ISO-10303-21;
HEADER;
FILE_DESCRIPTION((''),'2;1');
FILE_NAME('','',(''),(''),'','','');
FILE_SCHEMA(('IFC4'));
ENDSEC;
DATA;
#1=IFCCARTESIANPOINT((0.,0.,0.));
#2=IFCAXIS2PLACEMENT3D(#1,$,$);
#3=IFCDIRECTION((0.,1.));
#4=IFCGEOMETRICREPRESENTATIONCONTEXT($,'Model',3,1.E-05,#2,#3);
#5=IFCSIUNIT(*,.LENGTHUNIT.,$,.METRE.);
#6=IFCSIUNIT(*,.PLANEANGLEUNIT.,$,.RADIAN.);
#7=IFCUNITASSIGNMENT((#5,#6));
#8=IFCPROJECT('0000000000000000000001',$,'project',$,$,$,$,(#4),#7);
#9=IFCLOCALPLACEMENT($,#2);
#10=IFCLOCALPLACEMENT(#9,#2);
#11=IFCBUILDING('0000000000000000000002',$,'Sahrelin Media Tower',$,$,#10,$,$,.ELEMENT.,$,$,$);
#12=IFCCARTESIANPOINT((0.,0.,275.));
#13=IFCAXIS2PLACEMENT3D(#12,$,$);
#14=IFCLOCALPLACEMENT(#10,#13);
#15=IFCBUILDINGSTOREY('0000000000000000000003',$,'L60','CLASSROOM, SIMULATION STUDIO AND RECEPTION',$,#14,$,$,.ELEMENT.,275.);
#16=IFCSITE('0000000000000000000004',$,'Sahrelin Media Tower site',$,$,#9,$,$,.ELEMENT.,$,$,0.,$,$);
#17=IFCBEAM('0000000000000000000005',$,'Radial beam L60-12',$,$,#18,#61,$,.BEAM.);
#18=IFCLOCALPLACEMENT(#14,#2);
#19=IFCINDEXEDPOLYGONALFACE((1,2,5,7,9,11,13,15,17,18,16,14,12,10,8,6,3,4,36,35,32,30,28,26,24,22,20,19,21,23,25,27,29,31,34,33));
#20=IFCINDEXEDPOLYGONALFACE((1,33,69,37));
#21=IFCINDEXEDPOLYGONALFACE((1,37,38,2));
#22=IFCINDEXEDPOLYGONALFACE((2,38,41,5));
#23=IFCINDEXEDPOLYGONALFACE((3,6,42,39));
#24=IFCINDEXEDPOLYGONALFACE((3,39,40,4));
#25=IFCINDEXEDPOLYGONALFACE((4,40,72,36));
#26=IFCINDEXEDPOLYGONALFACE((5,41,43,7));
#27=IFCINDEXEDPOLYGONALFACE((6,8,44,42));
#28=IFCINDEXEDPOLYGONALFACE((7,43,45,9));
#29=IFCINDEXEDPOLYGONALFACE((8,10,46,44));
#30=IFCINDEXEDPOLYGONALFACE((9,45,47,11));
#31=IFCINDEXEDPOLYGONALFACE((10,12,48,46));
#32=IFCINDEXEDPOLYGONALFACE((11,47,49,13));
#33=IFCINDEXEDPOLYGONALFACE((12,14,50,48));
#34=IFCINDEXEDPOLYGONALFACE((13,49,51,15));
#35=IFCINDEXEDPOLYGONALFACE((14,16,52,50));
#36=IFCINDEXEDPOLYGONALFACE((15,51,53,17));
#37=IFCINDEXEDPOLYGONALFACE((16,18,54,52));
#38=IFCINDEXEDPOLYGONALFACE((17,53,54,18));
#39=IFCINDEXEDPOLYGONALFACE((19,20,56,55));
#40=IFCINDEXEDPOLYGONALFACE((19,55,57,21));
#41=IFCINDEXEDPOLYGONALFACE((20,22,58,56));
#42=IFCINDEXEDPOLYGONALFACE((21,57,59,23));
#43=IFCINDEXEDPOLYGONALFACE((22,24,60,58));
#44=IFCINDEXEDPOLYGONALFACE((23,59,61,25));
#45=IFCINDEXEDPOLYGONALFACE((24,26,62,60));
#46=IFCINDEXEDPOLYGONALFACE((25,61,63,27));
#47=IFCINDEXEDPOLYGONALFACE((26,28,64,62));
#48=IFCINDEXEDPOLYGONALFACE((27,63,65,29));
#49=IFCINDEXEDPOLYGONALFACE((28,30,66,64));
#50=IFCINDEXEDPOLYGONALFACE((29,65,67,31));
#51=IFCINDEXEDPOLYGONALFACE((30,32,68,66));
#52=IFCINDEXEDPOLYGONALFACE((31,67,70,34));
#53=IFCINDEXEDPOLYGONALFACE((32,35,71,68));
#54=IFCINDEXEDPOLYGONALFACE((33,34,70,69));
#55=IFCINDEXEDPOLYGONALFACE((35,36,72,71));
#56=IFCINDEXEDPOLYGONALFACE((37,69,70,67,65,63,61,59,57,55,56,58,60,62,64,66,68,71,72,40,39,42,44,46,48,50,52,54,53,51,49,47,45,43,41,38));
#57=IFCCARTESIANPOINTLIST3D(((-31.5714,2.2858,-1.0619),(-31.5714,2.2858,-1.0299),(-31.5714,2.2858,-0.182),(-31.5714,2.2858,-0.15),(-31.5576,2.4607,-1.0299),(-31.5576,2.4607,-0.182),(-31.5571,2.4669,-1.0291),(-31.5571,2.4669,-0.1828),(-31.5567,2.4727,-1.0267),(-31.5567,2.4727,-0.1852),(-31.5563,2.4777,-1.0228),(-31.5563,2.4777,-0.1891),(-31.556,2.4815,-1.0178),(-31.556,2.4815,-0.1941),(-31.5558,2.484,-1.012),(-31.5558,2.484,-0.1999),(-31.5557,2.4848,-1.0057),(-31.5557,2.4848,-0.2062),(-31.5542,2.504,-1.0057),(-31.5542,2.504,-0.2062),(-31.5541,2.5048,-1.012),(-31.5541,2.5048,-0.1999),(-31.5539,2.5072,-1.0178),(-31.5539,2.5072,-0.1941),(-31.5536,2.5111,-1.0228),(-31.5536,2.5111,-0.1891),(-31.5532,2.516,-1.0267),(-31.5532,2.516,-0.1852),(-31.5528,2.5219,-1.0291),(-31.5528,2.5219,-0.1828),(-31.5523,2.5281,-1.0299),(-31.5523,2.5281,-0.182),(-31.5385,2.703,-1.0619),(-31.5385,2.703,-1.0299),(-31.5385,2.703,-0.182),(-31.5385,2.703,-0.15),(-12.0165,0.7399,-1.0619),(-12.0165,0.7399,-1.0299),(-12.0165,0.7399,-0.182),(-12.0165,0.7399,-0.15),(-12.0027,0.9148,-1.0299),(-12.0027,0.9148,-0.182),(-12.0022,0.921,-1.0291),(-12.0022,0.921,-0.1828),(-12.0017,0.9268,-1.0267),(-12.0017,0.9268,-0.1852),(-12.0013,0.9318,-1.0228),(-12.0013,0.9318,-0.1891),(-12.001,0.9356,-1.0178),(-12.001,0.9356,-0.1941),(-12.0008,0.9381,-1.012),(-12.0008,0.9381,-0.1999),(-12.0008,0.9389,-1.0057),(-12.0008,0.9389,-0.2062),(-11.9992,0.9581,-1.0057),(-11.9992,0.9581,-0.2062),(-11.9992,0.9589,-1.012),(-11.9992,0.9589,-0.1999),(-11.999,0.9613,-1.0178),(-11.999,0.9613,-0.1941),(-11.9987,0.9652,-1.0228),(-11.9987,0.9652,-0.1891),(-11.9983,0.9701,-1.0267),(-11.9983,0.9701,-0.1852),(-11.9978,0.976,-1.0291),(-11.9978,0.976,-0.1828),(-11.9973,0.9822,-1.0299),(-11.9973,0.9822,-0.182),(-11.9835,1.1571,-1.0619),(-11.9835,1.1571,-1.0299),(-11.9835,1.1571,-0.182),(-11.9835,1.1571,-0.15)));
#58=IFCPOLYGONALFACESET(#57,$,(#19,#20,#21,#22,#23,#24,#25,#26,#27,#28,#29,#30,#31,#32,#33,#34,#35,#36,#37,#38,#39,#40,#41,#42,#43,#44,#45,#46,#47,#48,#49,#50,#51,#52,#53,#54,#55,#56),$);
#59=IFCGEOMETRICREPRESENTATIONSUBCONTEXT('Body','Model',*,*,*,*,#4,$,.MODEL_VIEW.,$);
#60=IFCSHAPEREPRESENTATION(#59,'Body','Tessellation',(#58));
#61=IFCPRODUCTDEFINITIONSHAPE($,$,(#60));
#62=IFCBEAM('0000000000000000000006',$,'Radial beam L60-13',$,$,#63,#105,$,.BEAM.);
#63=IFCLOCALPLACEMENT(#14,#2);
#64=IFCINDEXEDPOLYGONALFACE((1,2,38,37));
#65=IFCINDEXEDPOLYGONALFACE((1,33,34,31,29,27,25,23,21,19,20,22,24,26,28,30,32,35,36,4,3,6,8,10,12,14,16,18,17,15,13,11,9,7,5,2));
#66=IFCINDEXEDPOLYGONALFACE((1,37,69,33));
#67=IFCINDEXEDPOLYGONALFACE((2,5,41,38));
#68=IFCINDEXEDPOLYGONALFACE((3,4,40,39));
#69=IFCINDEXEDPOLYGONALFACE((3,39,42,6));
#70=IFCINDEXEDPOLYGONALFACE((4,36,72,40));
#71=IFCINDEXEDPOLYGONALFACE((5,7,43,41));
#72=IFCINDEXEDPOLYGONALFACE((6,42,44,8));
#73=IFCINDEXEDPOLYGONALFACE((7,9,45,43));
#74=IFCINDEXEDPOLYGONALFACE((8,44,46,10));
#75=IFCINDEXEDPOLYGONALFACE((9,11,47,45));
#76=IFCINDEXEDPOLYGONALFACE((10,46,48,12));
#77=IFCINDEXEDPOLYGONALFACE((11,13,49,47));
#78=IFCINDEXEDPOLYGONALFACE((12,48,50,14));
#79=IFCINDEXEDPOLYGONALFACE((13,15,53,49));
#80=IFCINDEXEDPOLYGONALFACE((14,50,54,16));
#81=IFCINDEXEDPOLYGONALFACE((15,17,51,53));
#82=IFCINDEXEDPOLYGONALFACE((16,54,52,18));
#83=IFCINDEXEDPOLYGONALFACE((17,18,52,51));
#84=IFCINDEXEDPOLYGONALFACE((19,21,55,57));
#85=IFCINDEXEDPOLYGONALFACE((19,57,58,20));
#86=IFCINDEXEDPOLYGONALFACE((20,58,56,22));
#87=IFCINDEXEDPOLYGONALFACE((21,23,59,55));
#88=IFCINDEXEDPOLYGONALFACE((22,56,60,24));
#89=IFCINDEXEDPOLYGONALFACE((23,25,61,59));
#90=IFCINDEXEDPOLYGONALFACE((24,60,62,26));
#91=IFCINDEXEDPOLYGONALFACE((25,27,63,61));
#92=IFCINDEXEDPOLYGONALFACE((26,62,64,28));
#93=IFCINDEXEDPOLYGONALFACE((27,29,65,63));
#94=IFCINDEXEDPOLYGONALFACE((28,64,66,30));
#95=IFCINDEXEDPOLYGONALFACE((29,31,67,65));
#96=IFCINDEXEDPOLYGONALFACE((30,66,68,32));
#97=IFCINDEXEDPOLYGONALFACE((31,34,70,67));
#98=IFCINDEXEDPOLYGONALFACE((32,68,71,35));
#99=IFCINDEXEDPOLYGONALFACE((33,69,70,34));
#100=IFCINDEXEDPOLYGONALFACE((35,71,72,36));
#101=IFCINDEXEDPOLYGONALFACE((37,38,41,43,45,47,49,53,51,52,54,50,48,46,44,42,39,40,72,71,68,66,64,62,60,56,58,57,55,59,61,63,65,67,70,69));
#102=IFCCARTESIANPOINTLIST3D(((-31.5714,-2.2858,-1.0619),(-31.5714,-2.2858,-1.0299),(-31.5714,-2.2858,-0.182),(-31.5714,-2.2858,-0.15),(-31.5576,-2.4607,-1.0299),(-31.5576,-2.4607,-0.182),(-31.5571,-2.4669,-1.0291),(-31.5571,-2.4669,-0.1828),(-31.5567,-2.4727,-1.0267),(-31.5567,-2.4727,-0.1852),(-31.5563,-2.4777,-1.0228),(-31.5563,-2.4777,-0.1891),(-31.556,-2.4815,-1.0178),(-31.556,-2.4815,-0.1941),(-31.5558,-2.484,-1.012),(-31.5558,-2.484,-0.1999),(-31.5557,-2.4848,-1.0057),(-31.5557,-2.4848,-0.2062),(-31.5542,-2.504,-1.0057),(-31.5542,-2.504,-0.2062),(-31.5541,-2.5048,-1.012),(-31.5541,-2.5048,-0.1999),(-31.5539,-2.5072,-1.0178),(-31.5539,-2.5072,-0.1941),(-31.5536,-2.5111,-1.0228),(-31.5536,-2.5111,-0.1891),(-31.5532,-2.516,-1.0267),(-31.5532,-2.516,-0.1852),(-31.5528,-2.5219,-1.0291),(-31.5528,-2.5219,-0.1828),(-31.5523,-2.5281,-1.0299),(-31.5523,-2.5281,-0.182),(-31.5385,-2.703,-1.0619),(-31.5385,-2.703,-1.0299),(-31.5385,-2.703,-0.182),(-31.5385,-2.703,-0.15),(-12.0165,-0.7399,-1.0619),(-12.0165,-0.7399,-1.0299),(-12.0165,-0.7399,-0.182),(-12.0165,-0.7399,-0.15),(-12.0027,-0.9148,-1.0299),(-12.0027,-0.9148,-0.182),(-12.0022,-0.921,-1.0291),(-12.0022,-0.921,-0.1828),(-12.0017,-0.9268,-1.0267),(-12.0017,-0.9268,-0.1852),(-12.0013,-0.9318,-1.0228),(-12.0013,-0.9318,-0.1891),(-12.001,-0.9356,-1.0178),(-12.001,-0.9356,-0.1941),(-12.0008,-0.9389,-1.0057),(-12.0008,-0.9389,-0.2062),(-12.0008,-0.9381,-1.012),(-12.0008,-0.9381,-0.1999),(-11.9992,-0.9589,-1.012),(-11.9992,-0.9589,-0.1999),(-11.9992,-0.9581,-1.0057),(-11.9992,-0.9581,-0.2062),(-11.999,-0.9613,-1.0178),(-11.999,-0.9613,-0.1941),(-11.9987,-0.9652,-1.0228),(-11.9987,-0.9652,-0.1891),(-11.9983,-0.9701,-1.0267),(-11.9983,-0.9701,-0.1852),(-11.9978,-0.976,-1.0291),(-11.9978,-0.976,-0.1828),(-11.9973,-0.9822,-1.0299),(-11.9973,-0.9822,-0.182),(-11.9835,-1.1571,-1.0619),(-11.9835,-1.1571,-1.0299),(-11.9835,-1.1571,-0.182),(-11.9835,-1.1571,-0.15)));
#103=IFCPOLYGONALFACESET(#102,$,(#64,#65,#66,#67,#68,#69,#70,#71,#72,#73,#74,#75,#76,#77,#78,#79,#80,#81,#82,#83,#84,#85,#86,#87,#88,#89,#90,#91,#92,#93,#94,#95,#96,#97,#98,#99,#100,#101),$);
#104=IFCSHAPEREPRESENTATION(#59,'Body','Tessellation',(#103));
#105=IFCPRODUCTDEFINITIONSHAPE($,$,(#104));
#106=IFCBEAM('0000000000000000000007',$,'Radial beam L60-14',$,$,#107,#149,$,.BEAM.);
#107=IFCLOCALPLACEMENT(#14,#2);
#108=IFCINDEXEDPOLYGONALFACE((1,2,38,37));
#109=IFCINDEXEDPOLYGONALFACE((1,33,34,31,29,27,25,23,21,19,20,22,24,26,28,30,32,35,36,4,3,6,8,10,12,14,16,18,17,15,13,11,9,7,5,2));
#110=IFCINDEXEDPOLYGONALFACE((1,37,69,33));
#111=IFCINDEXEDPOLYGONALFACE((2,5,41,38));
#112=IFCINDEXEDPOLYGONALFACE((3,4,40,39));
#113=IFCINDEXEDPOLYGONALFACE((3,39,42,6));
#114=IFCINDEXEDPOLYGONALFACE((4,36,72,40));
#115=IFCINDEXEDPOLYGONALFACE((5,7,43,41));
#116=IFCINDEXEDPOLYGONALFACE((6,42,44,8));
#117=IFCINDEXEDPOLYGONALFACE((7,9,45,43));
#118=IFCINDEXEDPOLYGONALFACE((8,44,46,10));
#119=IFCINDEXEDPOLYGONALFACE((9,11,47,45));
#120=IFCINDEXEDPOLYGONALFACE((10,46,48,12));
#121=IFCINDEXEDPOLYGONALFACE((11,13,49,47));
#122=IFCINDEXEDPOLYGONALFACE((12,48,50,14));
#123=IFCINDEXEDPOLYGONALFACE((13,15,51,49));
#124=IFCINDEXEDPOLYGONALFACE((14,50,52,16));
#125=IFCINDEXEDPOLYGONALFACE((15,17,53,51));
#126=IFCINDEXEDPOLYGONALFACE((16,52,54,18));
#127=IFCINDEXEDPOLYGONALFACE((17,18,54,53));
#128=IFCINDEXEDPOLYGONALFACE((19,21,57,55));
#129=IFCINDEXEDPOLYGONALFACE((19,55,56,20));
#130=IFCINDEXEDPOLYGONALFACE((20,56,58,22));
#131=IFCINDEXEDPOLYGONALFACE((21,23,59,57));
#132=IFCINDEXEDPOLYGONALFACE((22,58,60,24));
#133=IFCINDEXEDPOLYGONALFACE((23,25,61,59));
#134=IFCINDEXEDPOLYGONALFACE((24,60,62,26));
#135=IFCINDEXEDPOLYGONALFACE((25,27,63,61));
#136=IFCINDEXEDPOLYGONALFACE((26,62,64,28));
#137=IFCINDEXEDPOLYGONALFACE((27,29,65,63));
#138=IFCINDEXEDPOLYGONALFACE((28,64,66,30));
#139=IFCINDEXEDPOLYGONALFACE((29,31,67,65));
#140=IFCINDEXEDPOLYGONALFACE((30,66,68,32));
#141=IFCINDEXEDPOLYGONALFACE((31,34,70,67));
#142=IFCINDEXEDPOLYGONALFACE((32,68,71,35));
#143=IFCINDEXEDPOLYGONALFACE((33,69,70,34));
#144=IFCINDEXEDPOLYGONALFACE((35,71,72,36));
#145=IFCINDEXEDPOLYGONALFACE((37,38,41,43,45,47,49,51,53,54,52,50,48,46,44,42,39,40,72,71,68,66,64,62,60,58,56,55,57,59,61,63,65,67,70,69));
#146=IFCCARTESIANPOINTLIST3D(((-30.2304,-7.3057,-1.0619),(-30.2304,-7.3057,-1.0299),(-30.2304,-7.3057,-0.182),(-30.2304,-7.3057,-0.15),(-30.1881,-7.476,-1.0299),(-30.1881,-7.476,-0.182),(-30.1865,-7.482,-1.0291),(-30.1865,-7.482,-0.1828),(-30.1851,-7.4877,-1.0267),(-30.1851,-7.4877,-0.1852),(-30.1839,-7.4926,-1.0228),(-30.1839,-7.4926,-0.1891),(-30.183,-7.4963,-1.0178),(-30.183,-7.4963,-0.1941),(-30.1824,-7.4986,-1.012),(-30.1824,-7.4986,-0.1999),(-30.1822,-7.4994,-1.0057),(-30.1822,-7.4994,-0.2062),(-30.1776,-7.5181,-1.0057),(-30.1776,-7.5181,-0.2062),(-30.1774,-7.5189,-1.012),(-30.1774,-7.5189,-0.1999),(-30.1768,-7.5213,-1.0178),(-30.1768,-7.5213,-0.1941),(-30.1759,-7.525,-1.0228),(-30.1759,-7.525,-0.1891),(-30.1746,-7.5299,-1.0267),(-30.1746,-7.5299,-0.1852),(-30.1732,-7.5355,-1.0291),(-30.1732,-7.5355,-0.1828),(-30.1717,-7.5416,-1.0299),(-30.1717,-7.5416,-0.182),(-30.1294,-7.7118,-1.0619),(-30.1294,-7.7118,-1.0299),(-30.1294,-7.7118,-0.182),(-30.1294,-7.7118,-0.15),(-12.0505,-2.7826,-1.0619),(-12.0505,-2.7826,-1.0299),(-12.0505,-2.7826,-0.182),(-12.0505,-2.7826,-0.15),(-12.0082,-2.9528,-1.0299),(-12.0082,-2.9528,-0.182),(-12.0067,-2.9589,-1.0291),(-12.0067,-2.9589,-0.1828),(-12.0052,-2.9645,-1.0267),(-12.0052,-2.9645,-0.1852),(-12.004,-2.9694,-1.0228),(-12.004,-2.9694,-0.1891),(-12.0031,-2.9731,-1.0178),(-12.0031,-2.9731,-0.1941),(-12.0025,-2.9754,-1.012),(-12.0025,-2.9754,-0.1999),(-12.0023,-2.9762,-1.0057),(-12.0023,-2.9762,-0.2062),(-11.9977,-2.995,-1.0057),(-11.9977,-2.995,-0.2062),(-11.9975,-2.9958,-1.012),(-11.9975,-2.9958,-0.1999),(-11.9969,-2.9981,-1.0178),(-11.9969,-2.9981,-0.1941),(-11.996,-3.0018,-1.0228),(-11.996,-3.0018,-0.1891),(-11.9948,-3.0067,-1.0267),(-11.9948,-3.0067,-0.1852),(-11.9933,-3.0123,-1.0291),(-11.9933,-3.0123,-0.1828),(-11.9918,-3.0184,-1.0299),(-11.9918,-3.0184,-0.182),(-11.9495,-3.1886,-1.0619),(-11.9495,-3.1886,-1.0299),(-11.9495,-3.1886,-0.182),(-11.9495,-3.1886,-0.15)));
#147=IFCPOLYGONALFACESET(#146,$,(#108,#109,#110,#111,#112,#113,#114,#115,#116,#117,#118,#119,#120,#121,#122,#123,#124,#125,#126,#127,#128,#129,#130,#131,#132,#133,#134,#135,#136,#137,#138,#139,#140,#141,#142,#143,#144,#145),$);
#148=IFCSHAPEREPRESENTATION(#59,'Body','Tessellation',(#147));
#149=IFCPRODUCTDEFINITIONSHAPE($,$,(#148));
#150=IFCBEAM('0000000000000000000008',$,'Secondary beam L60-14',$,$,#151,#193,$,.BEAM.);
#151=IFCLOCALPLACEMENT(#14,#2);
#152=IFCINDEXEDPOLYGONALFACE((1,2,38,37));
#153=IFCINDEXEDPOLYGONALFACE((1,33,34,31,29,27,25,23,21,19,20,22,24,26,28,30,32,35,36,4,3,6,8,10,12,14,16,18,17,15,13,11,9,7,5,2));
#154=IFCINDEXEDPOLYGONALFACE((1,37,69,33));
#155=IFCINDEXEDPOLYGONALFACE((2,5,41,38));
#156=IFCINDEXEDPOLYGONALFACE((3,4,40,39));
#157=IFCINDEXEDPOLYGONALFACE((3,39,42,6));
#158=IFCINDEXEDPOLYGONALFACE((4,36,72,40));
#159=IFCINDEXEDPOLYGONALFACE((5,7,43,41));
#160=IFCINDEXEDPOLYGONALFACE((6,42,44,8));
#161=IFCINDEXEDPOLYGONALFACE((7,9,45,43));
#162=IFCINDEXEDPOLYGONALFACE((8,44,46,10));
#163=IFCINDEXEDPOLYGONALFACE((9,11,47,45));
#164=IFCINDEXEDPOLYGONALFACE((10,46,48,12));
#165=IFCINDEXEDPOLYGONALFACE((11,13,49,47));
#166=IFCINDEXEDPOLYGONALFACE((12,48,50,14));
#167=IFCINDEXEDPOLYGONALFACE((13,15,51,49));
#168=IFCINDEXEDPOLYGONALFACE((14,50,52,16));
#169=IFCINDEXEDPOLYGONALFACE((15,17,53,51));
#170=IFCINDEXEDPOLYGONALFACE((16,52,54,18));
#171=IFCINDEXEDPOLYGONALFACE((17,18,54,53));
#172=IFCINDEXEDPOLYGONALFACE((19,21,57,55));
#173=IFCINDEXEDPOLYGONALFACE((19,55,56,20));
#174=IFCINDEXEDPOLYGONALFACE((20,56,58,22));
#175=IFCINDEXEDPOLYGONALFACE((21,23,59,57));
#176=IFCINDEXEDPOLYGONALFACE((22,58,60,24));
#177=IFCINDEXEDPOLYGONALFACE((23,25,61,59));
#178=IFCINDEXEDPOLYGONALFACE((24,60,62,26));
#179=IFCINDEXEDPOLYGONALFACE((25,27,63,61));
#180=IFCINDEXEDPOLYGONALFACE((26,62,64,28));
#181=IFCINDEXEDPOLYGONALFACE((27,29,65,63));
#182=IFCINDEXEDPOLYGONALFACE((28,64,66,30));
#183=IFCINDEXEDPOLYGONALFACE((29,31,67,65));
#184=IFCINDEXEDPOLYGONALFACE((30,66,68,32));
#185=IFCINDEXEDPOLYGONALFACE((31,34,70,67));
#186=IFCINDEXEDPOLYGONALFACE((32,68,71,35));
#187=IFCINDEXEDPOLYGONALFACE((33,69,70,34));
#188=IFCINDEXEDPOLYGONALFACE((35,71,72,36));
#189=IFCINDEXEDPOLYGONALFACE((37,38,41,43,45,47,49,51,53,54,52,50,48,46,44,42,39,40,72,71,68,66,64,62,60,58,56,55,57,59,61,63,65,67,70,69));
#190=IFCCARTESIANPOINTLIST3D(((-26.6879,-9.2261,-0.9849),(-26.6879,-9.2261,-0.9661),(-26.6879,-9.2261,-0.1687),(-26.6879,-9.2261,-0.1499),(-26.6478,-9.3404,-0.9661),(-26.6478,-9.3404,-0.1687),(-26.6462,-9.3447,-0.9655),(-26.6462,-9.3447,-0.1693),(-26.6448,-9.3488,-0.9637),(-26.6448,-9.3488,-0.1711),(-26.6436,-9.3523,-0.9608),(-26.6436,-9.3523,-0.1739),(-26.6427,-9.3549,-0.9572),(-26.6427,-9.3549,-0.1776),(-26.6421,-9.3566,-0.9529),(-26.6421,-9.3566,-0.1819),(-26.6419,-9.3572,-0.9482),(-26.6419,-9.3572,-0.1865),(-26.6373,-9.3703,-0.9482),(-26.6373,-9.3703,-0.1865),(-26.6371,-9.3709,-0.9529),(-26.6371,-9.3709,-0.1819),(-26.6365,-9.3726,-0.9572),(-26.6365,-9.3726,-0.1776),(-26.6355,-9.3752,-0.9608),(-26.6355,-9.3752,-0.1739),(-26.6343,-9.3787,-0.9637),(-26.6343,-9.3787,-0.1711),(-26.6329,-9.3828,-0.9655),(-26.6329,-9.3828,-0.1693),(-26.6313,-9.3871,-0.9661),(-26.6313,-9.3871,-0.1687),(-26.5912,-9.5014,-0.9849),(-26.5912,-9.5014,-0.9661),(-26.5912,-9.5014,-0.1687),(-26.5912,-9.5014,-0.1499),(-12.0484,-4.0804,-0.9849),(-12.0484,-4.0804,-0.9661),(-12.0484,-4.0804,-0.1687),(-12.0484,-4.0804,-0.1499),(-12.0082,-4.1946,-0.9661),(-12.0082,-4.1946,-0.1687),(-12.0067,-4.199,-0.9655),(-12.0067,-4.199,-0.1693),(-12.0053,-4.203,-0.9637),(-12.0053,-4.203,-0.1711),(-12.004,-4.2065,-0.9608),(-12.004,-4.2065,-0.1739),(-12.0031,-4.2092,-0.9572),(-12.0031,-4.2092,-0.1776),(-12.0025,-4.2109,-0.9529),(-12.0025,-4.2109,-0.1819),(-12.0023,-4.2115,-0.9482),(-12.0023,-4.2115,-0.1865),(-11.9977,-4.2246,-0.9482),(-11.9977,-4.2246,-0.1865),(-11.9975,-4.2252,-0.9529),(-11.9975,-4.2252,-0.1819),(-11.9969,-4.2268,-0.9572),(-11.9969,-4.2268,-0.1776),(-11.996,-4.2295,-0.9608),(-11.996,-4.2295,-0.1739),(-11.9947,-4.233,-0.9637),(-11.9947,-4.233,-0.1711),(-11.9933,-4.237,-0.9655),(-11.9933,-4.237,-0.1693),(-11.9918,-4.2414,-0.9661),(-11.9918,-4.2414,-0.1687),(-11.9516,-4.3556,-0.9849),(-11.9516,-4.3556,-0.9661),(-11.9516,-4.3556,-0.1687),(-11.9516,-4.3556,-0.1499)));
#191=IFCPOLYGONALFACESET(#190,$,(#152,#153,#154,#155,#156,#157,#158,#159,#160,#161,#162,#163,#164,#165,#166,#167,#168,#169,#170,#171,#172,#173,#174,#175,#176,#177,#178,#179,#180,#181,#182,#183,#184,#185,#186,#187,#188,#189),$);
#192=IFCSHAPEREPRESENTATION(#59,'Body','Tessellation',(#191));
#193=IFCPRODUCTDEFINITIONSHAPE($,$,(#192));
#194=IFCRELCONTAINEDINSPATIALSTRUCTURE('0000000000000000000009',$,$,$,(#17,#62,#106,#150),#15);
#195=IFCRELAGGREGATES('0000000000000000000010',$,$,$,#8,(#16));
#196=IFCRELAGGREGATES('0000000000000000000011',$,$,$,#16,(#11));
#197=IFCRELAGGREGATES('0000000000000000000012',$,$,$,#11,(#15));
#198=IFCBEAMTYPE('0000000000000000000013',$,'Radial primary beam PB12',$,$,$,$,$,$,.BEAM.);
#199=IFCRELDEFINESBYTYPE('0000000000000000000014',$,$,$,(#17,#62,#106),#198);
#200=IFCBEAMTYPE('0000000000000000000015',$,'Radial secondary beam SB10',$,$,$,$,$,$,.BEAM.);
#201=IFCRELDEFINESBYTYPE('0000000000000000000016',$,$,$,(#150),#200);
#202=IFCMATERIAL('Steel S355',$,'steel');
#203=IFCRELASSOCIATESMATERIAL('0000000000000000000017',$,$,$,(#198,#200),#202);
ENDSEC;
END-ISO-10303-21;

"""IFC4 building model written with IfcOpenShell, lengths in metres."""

from ifc_helpers import new_model, si_unit, direction, frame, origin, origin_2d, place, context, subcontext, project, spatial, i_section, extrude, material, material_profile, profile_set, type_object, element, save


model = new_model("IFC4")

# Units and contexts
model_context = context("Model", 3, precision=1e-05, world=origin(), true_north=direction((0.0, 1.0)))
body_context = subcontext(model_context, "Body", "Model", "MODEL_VIEW")
ifc_project = project(units=[si_unit("LENGTHUNIT", "METRE"), si_unit("PLANEANGLEUNIT", "RADIAN")], contexts=[model_context])

# Site, building, storey
site_placement = place(None, origin())
site = spatial("IfcSite", under=ifc_project, at=site_placement, Name="Sahrelin Media Tower site", CompositionType="ELEMENT", RefElevation=0.0)
building_placement = place(site_placement, origin())
building = spatial("IfcBuilding", under=site, at=building_placement, Name="Sahrelin Media Tower", CompositionType="ELEMENT")
storey_placement = place(building_placement, frame((0.0, 0.0, 275.0)))
storey = spatial("IfcBuildingStorey", under=building, at=storey_placement, Name="L60", Description="CLASSROOM, SIMULATION STUDIO AND RECEPTION", CompositionType="ELEMENT", Elevation=275.0)

# Beams
ifc_material_1 = material(Name="Steel S355", Category="steel")
ifc_material_profile_1 = material_profile(ifc_material_1, i_section(OverallWidth=0.4185, OverallDepth=0.9119, WebThickness=0.0193, FlangeThickness=0.032, FilletRadius=0.0242, at=origin_2d()), Name="UB 914x419x343")
ifc_profile_set_1 = profile_set([ifc_material_profile_1], Name="Steel S355")
beam_type_1 = type_object("IfcBeamType", Name="Radial primary beam PB12", PredefinedType="BEAM", material=ifc_profile_set_1)
for number, where, z_axis, x_axis, name in (
    (1, (-12.0, 0.9485, -0.606), (-0.99689, 0.078808, 0.0), (-0.078808, -0.99689, 0.0), "Radial beam L60-12"),
    (2, (-12.0, -0.9485, -0.606), (-0.99689, -0.078808, 0.0), (0.078808, -0.99689, 0.0), "Radial beam L60-13"),
):
    element("IfcBeam", number, at=place(storey_placement, frame(where, z_axis=z_axis, x_axis=x_axis)), inside=storey, type_object=beam_type_1, Name=name, PredefinedType="BEAM", context=body_context, shape_type="SweptSolid", body=[
        extrude(i_section(OverallWidth=0.4185, OverallDepth=0.9119, WebThickness=0.0193, FlangeThickness=0.032, FilletRadius=0.0242, at=origin_2d()), origin(), (0.0, 0.0, 1.0), 19.616),
    ])
beam_1_placement = place(storey_placement, frame((-12.0, -2.9856, -0.606), z_axis=(-0.970416, -0.241441, 0.0), x_axis=(0.241441, -0.970416, 0.0)))
element("IfcBeam", 3, at=beam_1_placement, inside=storey, type_object=beam_type_1, Name="Radial beam L60-14", PredefinedType="BEAM", context=body_context, shape_type="SweptSolid", body=[
    extrude(i_section(OverallWidth=0.4185, OverallDepth=0.9119, WebThickness=0.0193, FlangeThickness=0.032, FilletRadius=0.0242, at=origin_2d()), origin(), (0.0, 0.0, 1.0), 18.7341),
])
ifc_material_profile_2 = material_profile(ifc_material_1, i_section(OverallWidth=0.2917, OverallDepth=0.835, WebThickness=0.0139, FlangeThickness=0.0188, FilletRadius=0.0178, at=origin_2d()), Name="UB 838x292x176")
ifc_profile_set_2 = profile_set([ifc_material_profile_2], Name="Steel S355")
beam_type_2 = type_object("IfcBeamType", Name="Radial secondary beam SB10", PredefinedType="BEAM", material=ifc_profile_set_2)
beam_2_placement = place(storey_placement, frame((-12.0, -4.218, -0.5674), z_axis=(-0.943418, -0.331606, 0.0), x_axis=(0.331606, -0.943418, 0.0)))
element("IfcBeam", 4, at=beam_2_placement, inside=storey, type_object=beam_type_2, Name="Secondary beam L60-14", PredefinedType="BEAM", context=body_context, shape_type="SweptSolid", body=[
    extrude(i_section(OverallWidth=0.2917, OverallDepth=0.835, WebThickness=0.0139, FlangeThickness=0.0188, FilletRadius=0.0178, at=origin_2d()), origin(), (0.0, 0.0, 1.0), 15.5176),
])

save(model, "model.ifc")
